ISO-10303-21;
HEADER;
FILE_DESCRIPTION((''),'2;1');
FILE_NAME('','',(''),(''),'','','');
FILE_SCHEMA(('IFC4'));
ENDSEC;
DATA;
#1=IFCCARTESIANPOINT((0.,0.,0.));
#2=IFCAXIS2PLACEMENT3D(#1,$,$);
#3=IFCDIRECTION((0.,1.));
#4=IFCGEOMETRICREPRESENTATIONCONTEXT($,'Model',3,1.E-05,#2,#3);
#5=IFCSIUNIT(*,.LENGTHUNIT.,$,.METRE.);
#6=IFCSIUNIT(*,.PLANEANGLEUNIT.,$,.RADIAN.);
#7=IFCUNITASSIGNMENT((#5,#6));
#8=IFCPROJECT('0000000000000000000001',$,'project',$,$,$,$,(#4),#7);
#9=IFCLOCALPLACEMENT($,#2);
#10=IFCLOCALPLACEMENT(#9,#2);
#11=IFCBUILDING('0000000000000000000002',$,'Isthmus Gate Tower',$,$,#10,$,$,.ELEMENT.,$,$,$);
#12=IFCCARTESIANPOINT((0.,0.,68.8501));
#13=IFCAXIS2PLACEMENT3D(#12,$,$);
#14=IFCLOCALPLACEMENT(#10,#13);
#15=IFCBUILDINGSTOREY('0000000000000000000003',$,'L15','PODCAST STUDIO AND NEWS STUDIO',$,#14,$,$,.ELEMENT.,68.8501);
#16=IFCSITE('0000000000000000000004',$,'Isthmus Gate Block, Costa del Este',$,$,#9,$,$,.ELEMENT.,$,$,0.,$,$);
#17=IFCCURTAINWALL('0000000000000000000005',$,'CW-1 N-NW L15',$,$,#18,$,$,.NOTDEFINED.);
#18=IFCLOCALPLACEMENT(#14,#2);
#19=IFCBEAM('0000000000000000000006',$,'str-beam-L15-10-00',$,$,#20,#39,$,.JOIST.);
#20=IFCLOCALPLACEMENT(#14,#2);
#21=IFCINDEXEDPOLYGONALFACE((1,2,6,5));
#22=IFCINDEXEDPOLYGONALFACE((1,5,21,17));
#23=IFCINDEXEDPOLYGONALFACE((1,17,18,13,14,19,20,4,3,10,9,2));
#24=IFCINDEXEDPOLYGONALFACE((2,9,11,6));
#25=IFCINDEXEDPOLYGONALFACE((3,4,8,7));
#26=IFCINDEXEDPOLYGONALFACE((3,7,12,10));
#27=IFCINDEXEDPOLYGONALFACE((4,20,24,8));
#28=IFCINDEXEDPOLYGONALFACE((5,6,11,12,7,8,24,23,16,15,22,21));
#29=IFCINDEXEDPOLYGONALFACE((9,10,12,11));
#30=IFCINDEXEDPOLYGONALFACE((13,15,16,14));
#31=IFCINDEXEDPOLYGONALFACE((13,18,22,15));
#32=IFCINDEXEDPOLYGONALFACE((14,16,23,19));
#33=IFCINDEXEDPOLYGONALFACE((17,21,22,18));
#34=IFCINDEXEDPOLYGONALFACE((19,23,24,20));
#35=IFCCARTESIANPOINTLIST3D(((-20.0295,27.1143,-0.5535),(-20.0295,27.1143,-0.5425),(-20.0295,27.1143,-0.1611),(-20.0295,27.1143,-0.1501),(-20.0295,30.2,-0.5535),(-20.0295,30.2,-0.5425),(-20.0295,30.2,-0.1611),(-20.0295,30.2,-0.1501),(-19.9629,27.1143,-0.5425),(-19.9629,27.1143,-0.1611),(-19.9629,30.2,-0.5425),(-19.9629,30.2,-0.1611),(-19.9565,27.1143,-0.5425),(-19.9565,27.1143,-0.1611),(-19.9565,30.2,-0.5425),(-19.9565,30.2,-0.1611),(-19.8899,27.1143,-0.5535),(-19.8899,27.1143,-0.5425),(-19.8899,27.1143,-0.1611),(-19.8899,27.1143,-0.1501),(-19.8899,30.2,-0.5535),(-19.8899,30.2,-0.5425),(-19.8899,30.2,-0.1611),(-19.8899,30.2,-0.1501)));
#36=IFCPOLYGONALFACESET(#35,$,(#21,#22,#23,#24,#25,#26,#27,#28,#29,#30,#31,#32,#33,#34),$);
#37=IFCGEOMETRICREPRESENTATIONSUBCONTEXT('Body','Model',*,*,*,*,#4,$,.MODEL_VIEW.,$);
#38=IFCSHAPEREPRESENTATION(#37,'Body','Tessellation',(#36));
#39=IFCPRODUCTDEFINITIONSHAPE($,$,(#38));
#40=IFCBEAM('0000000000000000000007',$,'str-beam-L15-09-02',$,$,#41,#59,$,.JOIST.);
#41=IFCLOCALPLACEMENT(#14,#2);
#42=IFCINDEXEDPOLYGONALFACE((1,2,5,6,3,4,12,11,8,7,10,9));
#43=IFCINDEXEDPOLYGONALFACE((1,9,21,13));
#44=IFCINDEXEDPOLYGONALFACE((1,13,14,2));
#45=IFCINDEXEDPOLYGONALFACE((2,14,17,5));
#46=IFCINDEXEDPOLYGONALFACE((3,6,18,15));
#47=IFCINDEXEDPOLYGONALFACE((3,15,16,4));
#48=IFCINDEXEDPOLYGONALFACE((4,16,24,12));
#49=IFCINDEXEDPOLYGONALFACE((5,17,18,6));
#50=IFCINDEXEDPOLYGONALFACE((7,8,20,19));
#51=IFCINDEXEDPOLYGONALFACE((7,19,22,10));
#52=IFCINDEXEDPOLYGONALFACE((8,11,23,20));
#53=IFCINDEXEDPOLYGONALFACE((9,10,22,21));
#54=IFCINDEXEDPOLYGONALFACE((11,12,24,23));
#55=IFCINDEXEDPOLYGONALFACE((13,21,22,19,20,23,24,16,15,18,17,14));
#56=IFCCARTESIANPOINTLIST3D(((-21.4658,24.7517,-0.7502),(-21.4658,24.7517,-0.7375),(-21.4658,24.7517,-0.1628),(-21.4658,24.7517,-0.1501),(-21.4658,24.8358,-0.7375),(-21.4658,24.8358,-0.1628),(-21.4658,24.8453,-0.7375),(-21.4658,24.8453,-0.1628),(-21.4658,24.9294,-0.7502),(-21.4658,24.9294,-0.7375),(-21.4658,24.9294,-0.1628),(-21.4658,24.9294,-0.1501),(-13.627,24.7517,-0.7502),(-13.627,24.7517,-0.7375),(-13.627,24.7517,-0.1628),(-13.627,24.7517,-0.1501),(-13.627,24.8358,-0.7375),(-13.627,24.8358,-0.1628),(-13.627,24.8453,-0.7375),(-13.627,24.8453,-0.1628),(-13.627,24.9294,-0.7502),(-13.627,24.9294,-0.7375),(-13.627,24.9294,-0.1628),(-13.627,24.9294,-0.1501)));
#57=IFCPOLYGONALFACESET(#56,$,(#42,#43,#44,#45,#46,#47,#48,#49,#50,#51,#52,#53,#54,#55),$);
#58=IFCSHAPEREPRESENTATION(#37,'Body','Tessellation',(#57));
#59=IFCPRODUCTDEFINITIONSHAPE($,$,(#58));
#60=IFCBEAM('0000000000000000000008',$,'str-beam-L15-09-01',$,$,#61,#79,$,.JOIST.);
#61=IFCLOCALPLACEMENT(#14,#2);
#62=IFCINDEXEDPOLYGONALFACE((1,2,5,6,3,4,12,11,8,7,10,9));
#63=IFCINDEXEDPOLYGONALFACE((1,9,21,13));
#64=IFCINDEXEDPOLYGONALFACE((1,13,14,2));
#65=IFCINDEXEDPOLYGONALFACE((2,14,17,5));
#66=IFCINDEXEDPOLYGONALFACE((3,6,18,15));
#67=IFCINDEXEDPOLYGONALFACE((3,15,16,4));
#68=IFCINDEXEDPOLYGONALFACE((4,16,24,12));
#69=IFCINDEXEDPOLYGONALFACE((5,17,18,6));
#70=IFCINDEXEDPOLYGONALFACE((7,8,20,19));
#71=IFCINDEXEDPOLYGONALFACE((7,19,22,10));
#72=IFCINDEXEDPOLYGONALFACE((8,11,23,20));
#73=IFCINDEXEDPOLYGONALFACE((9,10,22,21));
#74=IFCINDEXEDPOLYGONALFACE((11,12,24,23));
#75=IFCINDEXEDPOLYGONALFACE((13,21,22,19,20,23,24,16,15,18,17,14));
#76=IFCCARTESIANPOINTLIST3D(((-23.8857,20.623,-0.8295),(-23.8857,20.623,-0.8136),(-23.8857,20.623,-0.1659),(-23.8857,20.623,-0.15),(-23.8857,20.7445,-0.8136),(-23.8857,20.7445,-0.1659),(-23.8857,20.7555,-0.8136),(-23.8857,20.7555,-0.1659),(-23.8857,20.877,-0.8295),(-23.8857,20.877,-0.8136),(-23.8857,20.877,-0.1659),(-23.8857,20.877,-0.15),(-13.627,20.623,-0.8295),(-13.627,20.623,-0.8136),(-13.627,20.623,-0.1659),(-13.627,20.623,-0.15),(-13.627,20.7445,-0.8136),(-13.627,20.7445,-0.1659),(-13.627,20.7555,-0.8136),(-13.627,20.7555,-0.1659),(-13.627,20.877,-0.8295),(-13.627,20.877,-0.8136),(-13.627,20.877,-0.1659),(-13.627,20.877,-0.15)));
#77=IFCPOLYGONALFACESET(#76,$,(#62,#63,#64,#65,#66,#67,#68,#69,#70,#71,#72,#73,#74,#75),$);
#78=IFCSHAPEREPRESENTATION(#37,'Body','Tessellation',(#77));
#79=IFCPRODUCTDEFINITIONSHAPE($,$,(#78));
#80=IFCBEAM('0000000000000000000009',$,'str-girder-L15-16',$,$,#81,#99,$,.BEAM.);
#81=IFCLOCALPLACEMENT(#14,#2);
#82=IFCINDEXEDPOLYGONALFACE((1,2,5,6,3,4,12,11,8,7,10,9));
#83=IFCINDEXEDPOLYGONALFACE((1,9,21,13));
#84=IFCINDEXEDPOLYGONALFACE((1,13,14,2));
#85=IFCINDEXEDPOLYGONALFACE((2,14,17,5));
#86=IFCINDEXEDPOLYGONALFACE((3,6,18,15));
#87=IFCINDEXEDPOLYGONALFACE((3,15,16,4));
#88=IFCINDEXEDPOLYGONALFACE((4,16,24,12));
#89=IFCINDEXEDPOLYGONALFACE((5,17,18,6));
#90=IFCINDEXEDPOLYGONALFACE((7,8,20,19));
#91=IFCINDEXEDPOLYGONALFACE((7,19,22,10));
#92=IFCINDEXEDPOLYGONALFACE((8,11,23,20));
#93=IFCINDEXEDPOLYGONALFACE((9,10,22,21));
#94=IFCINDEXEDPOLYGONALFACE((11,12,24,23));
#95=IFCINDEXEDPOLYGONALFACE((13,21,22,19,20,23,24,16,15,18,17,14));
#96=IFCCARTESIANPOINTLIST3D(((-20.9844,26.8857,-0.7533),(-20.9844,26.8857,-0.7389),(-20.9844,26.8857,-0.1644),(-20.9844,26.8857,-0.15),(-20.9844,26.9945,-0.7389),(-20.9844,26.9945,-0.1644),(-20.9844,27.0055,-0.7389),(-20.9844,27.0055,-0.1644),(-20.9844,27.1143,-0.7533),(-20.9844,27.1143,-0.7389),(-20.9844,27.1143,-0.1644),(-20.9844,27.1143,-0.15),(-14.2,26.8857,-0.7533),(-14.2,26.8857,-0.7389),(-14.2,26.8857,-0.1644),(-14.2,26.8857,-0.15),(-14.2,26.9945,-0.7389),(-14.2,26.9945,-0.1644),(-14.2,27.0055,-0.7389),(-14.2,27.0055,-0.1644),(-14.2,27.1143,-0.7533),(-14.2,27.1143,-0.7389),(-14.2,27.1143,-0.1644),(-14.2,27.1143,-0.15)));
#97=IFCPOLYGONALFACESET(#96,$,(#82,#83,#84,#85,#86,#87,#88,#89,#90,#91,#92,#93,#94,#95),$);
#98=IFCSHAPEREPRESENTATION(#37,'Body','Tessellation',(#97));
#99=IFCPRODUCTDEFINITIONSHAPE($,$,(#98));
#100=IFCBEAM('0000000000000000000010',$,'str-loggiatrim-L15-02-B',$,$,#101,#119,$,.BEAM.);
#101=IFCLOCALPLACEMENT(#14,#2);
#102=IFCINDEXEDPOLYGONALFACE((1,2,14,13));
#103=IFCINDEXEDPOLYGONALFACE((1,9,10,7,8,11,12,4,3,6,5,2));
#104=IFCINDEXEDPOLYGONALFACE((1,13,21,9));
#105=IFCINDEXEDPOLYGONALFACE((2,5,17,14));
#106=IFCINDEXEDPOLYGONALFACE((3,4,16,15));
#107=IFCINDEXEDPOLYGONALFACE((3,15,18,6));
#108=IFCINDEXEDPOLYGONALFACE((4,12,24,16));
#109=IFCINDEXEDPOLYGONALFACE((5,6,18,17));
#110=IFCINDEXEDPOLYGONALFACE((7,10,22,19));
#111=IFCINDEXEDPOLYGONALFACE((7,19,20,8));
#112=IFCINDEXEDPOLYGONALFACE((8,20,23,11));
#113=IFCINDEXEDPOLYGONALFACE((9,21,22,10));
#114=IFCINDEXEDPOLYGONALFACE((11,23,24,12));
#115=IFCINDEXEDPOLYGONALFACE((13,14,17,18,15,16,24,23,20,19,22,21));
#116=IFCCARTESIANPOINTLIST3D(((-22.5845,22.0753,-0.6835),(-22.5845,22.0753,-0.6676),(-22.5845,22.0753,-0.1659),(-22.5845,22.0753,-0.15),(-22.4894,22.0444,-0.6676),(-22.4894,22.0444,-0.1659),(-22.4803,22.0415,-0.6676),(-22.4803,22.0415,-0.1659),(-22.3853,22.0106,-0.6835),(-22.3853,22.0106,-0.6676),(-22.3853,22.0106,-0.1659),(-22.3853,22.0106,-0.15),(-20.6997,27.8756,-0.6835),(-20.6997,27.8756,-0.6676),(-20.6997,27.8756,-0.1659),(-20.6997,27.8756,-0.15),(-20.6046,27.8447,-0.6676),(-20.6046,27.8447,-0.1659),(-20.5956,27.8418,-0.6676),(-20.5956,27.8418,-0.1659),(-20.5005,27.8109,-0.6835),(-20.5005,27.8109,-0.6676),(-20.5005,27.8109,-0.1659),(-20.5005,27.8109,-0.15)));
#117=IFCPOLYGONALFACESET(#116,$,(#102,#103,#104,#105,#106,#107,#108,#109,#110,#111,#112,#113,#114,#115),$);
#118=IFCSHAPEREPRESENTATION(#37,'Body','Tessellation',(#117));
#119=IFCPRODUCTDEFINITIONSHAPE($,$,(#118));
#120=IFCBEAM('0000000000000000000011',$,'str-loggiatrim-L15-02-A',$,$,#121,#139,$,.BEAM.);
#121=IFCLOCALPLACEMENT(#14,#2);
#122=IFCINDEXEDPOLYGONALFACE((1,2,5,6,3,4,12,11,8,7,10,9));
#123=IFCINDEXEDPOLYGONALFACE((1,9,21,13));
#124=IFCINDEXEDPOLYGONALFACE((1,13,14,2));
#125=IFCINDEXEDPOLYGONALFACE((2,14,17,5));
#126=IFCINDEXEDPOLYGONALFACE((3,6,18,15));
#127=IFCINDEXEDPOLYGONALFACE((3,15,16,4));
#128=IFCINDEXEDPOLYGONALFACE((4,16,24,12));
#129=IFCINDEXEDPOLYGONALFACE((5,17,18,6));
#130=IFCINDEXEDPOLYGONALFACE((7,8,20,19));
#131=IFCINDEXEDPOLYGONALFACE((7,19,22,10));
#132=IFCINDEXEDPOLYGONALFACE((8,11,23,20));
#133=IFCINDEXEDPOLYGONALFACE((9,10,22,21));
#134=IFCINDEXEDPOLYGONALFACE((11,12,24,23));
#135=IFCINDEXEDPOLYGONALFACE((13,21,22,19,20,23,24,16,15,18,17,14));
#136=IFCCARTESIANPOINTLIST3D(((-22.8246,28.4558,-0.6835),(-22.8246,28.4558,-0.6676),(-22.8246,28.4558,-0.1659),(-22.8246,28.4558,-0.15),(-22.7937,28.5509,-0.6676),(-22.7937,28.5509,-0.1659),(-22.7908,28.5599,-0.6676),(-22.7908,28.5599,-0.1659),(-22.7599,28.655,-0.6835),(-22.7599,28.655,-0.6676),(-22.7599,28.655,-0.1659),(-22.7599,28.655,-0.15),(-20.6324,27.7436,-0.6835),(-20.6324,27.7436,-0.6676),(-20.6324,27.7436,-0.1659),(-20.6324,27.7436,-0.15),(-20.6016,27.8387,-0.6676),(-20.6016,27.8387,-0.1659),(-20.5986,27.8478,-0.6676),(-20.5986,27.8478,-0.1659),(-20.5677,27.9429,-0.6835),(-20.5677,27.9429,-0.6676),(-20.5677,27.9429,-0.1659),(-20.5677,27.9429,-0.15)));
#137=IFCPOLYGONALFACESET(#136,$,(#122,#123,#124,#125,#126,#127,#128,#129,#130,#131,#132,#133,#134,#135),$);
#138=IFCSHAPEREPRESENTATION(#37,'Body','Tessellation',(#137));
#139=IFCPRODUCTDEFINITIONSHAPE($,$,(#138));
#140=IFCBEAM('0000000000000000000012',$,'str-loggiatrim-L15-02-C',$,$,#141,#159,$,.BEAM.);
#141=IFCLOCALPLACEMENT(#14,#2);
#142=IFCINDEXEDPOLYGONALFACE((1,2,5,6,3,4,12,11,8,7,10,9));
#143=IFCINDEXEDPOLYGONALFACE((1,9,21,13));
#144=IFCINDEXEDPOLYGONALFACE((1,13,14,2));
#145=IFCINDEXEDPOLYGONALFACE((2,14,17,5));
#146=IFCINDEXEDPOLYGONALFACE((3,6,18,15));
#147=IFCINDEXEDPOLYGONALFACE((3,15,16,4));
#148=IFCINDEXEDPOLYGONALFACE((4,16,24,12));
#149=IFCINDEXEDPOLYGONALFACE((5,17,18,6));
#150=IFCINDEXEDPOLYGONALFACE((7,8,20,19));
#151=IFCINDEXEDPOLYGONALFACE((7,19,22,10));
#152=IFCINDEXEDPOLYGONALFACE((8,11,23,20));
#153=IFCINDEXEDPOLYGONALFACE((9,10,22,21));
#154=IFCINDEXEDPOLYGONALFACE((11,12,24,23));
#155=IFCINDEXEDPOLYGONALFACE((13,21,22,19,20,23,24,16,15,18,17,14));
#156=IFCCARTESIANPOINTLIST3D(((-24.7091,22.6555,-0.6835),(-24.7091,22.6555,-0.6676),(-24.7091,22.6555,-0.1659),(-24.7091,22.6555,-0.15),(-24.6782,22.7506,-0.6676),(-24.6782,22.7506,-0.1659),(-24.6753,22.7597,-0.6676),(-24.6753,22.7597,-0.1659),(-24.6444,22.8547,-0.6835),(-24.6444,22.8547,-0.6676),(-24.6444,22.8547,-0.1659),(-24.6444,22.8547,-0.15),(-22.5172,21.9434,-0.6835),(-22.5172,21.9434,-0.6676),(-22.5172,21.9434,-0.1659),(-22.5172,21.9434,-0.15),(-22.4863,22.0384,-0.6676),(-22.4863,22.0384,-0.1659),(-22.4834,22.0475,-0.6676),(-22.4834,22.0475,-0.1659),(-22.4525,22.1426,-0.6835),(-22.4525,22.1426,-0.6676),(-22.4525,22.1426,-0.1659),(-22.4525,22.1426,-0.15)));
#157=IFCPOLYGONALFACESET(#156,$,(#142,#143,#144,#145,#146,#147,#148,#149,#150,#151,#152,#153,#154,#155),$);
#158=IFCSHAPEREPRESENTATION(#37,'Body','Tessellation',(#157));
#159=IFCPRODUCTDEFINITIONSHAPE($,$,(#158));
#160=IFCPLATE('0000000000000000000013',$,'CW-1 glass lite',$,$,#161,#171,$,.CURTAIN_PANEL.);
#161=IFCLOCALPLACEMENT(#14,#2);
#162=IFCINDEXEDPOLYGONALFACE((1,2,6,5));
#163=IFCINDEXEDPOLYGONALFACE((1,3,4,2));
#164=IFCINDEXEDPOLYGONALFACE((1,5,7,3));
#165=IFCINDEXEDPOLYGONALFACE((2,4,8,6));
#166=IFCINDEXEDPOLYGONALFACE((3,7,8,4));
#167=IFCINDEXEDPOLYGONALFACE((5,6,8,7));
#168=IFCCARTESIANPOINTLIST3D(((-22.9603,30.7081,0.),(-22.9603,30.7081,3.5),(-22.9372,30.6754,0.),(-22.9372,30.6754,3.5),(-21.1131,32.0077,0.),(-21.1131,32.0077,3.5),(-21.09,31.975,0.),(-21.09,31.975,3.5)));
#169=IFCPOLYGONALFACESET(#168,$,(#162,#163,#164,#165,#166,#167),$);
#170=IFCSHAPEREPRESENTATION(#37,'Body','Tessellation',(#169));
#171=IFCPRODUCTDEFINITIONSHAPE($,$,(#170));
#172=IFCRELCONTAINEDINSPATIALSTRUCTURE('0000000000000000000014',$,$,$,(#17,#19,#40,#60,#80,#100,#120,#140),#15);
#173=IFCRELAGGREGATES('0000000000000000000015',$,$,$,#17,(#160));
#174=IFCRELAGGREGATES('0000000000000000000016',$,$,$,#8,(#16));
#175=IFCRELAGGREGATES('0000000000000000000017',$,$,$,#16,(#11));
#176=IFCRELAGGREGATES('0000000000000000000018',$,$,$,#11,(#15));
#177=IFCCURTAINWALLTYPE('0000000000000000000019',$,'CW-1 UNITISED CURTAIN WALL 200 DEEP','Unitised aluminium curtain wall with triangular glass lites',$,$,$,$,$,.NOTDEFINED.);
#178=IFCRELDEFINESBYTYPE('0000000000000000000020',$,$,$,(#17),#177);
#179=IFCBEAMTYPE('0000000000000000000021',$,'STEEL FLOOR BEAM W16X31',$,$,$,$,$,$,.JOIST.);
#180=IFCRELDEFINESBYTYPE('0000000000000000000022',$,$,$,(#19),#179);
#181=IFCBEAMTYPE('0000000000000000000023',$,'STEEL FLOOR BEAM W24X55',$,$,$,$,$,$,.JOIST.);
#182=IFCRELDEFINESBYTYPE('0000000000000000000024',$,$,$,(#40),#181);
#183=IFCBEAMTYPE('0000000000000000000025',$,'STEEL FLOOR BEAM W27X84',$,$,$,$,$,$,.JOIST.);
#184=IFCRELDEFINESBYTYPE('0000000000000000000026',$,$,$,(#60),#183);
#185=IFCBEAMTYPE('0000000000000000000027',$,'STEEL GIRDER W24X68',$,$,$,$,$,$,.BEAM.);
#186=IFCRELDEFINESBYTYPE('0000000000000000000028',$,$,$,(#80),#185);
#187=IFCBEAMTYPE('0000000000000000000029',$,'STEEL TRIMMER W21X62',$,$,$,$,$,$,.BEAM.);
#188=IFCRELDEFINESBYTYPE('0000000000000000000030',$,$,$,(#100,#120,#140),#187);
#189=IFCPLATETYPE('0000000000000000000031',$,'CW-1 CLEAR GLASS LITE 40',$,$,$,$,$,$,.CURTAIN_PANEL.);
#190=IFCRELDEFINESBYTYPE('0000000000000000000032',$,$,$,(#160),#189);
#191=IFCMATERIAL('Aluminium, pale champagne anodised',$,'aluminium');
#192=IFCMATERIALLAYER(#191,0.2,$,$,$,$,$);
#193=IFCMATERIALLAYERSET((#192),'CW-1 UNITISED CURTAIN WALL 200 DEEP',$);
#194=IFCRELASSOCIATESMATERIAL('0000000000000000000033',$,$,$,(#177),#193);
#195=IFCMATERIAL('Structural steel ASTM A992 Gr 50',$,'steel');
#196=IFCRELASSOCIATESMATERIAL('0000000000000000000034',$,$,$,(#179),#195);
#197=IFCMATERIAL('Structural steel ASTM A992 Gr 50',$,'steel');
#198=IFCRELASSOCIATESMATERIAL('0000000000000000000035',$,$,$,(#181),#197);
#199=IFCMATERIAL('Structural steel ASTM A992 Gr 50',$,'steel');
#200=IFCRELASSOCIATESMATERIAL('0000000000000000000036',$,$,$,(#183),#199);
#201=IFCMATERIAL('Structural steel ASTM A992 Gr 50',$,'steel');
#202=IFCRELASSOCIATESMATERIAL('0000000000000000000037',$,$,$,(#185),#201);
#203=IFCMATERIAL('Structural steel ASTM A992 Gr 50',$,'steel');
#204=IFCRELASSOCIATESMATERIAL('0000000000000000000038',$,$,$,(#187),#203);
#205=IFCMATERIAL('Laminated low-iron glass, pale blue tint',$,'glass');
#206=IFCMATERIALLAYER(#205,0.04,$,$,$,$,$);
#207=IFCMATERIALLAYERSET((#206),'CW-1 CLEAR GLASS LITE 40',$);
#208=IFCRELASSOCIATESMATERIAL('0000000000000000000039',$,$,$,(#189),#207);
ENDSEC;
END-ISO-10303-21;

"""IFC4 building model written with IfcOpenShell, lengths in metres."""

from ifc_helpers import new_model, si_unit, direction, frame, origin, origin_2d, place, context, subcontext, project, spatial, rectangle, i_section, extrude, material, layer, layer_set, material_profile, profile_set, type_object, element, aggregate, save


model = new_model("IFC4")

# Units and contexts
model_context = context("Model", 3, precision=1e-05, world=origin(), true_north=direction((0.0, 1.0)))
body_context = subcontext(model_context, "Body", "Model", "MODEL_VIEW")
ifc_project = project(units=[si_unit("LENGTHUNIT", "METRE"), si_unit("PLANEANGLEUNIT", "RADIAN")], contexts=[model_context])

# Site, building, storey
site_placement = place(None, origin())
site = spatial("IfcSite", under=ifc_project, at=site_placement, Name="Isthmus Gate Block, Costa del Este", CompositionType="ELEMENT", RefElevation=0.0)
building_placement = place(site_placement, origin())
building = spatial("IfcBuilding", under=site, at=building_placement, Name="Isthmus Gate Tower", CompositionType="ELEMENT")
storey_placement = place(building_placement, frame((0.0, 0.0, 68.8501)))
storey = spatial("IfcBuildingStorey", under=building, at=storey_placement, Name="L15", Description="PODCAST STUDIO AND NEWS STUDIO", CompositionType="ELEMENT", Elevation=68.8501)

# Curtain wall
ifc_material_1 = material(Name="Aluminium, pale champagne anodised", Category="aluminium")
ifc_layer_1 = layer(ifc_material_1, 0.2)
ifc_layer_set_1 = layer_set([ifc_layer_1], Name="CW-1 UNITISED CURTAIN WALL 200 DEEP")
curtain_wall_type_1 = type_object("IfcCurtainWallType", Name="CW-1 UNITISED CURTAIN WALL 200 DEEP", Description="Unitised aluminium curtain wall with triangular glass lites", PredefinedType="NOTDEFINED", material=ifc_layer_set_1)
curtain_wall_1_placement = place(storey_placement, origin())
curtain_wall_1 = element("IfcCurtainWall", 1, at=curtain_wall_1_placement, inside=storey, type_object=curtain_wall_type_1, Name="CW-1 N-NW L15", PredefinedType="NOTDEFINED")

# Beams
ifc_material_2 = material(Name="Structural steel ASTM A992 Gr 50", Category="steel")
ifc_material_profile_1 = material_profile(ifc_material_2, i_section(OverallWidth=0.1396, OverallDepth=0.4033, WebThickness=0.0063, FlangeThickness=0.011, at=origin_2d()), Name="W16X31")
ifc_profile_set_1 = profile_set([ifc_material_profile_1], Name="Structural steel ASTM A992 Gr 50")
beam_type_1 = type_object("IfcBeamType", Name="STEEL FLOOR BEAM W16X31", PredefinedType="JOIST", material=ifc_profile_set_1)
beam_1_placement = place(storey_placement, frame((-19.9597, 27.1143, -0.3518), z_axis=(0.0, 1.0, 0.0), x_axis=(-1.0, 0.0, 0.0)))
element("IfcBeam", 2, at=beam_1_placement, inside=storey, type_object=beam_type_1, Name="str-beam-L15-10-00", PredefinedType="JOIST", context=body_context, shape_type="SweptSolid", body=[
    extrude(i_section(OverallWidth=0.1396, OverallDepth=0.4033, WebThickness=0.0063, FlangeThickness=0.011, at=origin_2d()), origin(), (0.0, 0.0, 1.0), 3.0857),
])
ifc_material_3 = material(Name="Structural steel ASTM A992 Gr 50", Category="steel")
ifc_material_profile_2 = material_profile(ifc_material_3, i_section(OverallWidth=0.1777, OverallDepth=0.6001, WebThickness=0.0095, FlangeThickness=0.0127, at=origin_2d()), Name="W24X55")
ifc_profile_set_2 = profile_set([ifc_material_profile_2], Name="Structural steel ASTM A992 Gr 50")
beam_type_2 = type_object("IfcBeamType", Name="STEEL FLOOR BEAM W24X55", PredefinedType="JOIST", material=ifc_profile_set_2)
beam_2_placement = place(storey_placement, frame((-21.4658, 24.8406, -0.4502), z_axis=(1.0, 0.0, 0.0), x_axis=(0.0, 1.0, 0.0)))
element("IfcBeam", 3, at=beam_2_placement, inside=storey, type_object=beam_type_2, Name="str-beam-L15-09-02", PredefinedType="JOIST", context=body_context, shape_type="SweptSolid", body=[
    extrude(i_section(OverallWidth=0.1777, OverallDepth=0.6001, WebThickness=0.0095, FlangeThickness=0.0127, at=origin_2d()), origin(), (0.0, 0.0, 1.0), 7.8389),
])
ifc_material_4 = material(Name="Structural steel ASTM A992 Gr 50", Category="steel")
ifc_material_profile_3 = material_profile(ifc_material_4, i_section(OverallWidth=0.2539, OverallDepth=0.6794, WebThickness=0.011, FlangeThickness=0.0159, at=origin_2d()), Name="W27X84")
ifc_profile_set_3 = profile_set([ifc_material_profile_3], Name="Structural steel ASTM A992 Gr 50")
beam_type_3 = type_object("IfcBeamType", Name="STEEL FLOOR BEAM W27X84", PredefinedType="JOIST", material=ifc_profile_set_3)
beam_3_placement = place(storey_placement, frame((-23.8857, 20.75, -0.4897), z_axis=(1.0, 0.0, 0.0), x_axis=(0.0, 1.0, 0.0)))
element("IfcBeam", 4, at=beam_3_placement, inside=storey, type_object=beam_type_3, Name="str-beam-L15-09-01", PredefinedType="JOIST", context=body_context, shape_type="SweptSolid", body=[
    extrude(i_section(OverallWidth=0.2539, OverallDepth=0.6794, WebThickness=0.011, FlangeThickness=0.0159, at=origin_2d()), origin(), (0.0, 0.0, 1.0), 10.2588),
])
ifc_material_5 = material(Name="Structural steel ASTM A992 Gr 50", Category="steel")
ifc_material_profile_4 = material_profile(ifc_material_5, i_section(OverallWidth=0.2285, OverallDepth=0.6033, WebThickness=0.011, FlangeThickness=0.0144, at=origin_2d()), Name="W24X68")
ifc_profile_set_4 = profile_set([ifc_material_profile_4], Name="Structural steel ASTM A992 Gr 50")
beam_type_4 = type_object("IfcBeamType", Name="STEEL GIRDER W24X68", PredefinedType="BEAM", material=ifc_profile_set_4)
beam_4_placement = place(storey_placement, frame((-20.9844, 27.0, -0.4517), z_axis=(1.0, 0.0, 0.0), x_axis=(0.0, 1.0, 0.0)))
element("IfcBeam", 5, at=beam_4_placement, inside=storey, type_object=beam_type_4, Name="str-girder-L15-16", PredefinedType="BEAM", context=body_context, shape_type="SweptSolid", body=[
    extrude(i_section(OverallWidth=0.2285, OverallDepth=0.6033, WebThickness=0.011, FlangeThickness=0.0144, at=origin_2d()), origin(), (0.0, 0.0, 1.0), 6.7844),
])
ifc_material_6 = material(Name="Structural steel ASTM A992 Gr 50", Category="steel")
ifc_material_profile_5 = material_profile(ifc_material_6, i_section(OverallWidth=0.2095, OverallDepth=0.5334, WebThickness=0.0095, FlangeThickness=0.0159, at=origin_2d()), Name="W21X62")
ifc_profile_set_5 = profile_set([ifc_material_profile_5], Name="Structural steel ASTM A992 Gr 50")
beam_type_5 = type_object("IfcBeamType", Name="STEEL TRIMMER W21X62", PredefinedType="BEAM", material=ifc_profile_set_5)
beam_5_placement = place(storey_placement, frame((-20.6001, 27.8433, -0.4167), z_axis=(-0.309037, -0.95105, 0.0), x_axis=(0.95105, -0.309037, 0.0)))
element("IfcBeam", 6, at=beam_5_placement, inside=storey, type_object=beam_type_5, Name="str-loggiatrim-L15-02-B", PredefinedType="BEAM", context=body_context, shape_type="SweptSolid", body=[
    extrude(i_section(OverallWidth=0.2095, OverallDepth=0.5334, WebThickness=0.0095, FlangeThickness=0.0159, at=origin_2d()), origin(), (0.0, 0.0, 1.0), 6.0989),
])
beam_6_placement = place(storey_placement, frame((-22.7922, 28.5554, -0.4167), z_axis=(0.951071, -0.308974, 0.0), x_axis=(0.308974, 0.951071, 0.0)))
element("IfcBeam", 7, at=beam_6_placement, inside=storey, type_object=beam_type_5, Name="str-loggiatrim-L15-02-A", PredefinedType="BEAM", context=body_context, shape_type="SweptSolid", body=[
    extrude(i_section(OverallWidth=0.2095, OverallDepth=0.5334, WebThickness=0.0095, FlangeThickness=0.0159, at=origin_2d()), origin(), (0.0, 0.0, 1.0), 2.3049),
])
beam_7_placement = place(storey_placement, frame((-24.6768, 22.7551, -0.4167), z_axis=(0.951061, -0.309005, 0.0), x_axis=(0.309005, 0.951061, 0.0)))
element("IfcBeam", 8, at=beam_7_placement, inside=storey, type_object=beam_type_5, Name="str-loggiatrim-L15-02-C", PredefinedType="BEAM", context=body_context, shape_type="SweptSolid", body=[
    extrude(i_section(OverallWidth=0.2095, OverallDepth=0.5334, WebThickness=0.0095, FlangeThickness=0.0159, at=origin_2d()), origin(), (0.0, 0.0, 1.0), 2.3047),
])

# Plate
ifc_material_7 = material(Name="Laminated low-iron glass, pale blue tint", Category="glass")
ifc_layer_2 = layer(ifc_material_7, 0.04)
ifc_layer_set_2 = layer_set([ifc_layer_2], Name="CW-1 CLEAR GLASS LITE 40")
plate_type_1 = type_object("IfcPlateType", Name="CW-1 CLEAR GLASS LITE 40", PredefinedType="CURTAIN_PANEL", material=ifc_layer_set_2)
plate_1_placement = place(storey_placement, frame((-22.0251, 31.3416, 0.0), z_axis=(0.0, 0.0, 1.0), x_axis=(-0.81786, -0.575418, 0.0)))
plate_1 = element("IfcPlate", 9, at=plate_1_placement, type_object=plate_type_1, Name="CW-1 glass lite", PredefinedType="CURTAIN_PANEL", context=body_context, shape_type="SweptSolid", body=[
    extrude(rectangle(XDim=2.2585, YDim=0.04, at=origin_2d()), origin(), (0.0, 0.0, 1.0), 3.5),
])
aggregate(curtain_wall_1, [plate_1])

save(model, "model.ifc")
